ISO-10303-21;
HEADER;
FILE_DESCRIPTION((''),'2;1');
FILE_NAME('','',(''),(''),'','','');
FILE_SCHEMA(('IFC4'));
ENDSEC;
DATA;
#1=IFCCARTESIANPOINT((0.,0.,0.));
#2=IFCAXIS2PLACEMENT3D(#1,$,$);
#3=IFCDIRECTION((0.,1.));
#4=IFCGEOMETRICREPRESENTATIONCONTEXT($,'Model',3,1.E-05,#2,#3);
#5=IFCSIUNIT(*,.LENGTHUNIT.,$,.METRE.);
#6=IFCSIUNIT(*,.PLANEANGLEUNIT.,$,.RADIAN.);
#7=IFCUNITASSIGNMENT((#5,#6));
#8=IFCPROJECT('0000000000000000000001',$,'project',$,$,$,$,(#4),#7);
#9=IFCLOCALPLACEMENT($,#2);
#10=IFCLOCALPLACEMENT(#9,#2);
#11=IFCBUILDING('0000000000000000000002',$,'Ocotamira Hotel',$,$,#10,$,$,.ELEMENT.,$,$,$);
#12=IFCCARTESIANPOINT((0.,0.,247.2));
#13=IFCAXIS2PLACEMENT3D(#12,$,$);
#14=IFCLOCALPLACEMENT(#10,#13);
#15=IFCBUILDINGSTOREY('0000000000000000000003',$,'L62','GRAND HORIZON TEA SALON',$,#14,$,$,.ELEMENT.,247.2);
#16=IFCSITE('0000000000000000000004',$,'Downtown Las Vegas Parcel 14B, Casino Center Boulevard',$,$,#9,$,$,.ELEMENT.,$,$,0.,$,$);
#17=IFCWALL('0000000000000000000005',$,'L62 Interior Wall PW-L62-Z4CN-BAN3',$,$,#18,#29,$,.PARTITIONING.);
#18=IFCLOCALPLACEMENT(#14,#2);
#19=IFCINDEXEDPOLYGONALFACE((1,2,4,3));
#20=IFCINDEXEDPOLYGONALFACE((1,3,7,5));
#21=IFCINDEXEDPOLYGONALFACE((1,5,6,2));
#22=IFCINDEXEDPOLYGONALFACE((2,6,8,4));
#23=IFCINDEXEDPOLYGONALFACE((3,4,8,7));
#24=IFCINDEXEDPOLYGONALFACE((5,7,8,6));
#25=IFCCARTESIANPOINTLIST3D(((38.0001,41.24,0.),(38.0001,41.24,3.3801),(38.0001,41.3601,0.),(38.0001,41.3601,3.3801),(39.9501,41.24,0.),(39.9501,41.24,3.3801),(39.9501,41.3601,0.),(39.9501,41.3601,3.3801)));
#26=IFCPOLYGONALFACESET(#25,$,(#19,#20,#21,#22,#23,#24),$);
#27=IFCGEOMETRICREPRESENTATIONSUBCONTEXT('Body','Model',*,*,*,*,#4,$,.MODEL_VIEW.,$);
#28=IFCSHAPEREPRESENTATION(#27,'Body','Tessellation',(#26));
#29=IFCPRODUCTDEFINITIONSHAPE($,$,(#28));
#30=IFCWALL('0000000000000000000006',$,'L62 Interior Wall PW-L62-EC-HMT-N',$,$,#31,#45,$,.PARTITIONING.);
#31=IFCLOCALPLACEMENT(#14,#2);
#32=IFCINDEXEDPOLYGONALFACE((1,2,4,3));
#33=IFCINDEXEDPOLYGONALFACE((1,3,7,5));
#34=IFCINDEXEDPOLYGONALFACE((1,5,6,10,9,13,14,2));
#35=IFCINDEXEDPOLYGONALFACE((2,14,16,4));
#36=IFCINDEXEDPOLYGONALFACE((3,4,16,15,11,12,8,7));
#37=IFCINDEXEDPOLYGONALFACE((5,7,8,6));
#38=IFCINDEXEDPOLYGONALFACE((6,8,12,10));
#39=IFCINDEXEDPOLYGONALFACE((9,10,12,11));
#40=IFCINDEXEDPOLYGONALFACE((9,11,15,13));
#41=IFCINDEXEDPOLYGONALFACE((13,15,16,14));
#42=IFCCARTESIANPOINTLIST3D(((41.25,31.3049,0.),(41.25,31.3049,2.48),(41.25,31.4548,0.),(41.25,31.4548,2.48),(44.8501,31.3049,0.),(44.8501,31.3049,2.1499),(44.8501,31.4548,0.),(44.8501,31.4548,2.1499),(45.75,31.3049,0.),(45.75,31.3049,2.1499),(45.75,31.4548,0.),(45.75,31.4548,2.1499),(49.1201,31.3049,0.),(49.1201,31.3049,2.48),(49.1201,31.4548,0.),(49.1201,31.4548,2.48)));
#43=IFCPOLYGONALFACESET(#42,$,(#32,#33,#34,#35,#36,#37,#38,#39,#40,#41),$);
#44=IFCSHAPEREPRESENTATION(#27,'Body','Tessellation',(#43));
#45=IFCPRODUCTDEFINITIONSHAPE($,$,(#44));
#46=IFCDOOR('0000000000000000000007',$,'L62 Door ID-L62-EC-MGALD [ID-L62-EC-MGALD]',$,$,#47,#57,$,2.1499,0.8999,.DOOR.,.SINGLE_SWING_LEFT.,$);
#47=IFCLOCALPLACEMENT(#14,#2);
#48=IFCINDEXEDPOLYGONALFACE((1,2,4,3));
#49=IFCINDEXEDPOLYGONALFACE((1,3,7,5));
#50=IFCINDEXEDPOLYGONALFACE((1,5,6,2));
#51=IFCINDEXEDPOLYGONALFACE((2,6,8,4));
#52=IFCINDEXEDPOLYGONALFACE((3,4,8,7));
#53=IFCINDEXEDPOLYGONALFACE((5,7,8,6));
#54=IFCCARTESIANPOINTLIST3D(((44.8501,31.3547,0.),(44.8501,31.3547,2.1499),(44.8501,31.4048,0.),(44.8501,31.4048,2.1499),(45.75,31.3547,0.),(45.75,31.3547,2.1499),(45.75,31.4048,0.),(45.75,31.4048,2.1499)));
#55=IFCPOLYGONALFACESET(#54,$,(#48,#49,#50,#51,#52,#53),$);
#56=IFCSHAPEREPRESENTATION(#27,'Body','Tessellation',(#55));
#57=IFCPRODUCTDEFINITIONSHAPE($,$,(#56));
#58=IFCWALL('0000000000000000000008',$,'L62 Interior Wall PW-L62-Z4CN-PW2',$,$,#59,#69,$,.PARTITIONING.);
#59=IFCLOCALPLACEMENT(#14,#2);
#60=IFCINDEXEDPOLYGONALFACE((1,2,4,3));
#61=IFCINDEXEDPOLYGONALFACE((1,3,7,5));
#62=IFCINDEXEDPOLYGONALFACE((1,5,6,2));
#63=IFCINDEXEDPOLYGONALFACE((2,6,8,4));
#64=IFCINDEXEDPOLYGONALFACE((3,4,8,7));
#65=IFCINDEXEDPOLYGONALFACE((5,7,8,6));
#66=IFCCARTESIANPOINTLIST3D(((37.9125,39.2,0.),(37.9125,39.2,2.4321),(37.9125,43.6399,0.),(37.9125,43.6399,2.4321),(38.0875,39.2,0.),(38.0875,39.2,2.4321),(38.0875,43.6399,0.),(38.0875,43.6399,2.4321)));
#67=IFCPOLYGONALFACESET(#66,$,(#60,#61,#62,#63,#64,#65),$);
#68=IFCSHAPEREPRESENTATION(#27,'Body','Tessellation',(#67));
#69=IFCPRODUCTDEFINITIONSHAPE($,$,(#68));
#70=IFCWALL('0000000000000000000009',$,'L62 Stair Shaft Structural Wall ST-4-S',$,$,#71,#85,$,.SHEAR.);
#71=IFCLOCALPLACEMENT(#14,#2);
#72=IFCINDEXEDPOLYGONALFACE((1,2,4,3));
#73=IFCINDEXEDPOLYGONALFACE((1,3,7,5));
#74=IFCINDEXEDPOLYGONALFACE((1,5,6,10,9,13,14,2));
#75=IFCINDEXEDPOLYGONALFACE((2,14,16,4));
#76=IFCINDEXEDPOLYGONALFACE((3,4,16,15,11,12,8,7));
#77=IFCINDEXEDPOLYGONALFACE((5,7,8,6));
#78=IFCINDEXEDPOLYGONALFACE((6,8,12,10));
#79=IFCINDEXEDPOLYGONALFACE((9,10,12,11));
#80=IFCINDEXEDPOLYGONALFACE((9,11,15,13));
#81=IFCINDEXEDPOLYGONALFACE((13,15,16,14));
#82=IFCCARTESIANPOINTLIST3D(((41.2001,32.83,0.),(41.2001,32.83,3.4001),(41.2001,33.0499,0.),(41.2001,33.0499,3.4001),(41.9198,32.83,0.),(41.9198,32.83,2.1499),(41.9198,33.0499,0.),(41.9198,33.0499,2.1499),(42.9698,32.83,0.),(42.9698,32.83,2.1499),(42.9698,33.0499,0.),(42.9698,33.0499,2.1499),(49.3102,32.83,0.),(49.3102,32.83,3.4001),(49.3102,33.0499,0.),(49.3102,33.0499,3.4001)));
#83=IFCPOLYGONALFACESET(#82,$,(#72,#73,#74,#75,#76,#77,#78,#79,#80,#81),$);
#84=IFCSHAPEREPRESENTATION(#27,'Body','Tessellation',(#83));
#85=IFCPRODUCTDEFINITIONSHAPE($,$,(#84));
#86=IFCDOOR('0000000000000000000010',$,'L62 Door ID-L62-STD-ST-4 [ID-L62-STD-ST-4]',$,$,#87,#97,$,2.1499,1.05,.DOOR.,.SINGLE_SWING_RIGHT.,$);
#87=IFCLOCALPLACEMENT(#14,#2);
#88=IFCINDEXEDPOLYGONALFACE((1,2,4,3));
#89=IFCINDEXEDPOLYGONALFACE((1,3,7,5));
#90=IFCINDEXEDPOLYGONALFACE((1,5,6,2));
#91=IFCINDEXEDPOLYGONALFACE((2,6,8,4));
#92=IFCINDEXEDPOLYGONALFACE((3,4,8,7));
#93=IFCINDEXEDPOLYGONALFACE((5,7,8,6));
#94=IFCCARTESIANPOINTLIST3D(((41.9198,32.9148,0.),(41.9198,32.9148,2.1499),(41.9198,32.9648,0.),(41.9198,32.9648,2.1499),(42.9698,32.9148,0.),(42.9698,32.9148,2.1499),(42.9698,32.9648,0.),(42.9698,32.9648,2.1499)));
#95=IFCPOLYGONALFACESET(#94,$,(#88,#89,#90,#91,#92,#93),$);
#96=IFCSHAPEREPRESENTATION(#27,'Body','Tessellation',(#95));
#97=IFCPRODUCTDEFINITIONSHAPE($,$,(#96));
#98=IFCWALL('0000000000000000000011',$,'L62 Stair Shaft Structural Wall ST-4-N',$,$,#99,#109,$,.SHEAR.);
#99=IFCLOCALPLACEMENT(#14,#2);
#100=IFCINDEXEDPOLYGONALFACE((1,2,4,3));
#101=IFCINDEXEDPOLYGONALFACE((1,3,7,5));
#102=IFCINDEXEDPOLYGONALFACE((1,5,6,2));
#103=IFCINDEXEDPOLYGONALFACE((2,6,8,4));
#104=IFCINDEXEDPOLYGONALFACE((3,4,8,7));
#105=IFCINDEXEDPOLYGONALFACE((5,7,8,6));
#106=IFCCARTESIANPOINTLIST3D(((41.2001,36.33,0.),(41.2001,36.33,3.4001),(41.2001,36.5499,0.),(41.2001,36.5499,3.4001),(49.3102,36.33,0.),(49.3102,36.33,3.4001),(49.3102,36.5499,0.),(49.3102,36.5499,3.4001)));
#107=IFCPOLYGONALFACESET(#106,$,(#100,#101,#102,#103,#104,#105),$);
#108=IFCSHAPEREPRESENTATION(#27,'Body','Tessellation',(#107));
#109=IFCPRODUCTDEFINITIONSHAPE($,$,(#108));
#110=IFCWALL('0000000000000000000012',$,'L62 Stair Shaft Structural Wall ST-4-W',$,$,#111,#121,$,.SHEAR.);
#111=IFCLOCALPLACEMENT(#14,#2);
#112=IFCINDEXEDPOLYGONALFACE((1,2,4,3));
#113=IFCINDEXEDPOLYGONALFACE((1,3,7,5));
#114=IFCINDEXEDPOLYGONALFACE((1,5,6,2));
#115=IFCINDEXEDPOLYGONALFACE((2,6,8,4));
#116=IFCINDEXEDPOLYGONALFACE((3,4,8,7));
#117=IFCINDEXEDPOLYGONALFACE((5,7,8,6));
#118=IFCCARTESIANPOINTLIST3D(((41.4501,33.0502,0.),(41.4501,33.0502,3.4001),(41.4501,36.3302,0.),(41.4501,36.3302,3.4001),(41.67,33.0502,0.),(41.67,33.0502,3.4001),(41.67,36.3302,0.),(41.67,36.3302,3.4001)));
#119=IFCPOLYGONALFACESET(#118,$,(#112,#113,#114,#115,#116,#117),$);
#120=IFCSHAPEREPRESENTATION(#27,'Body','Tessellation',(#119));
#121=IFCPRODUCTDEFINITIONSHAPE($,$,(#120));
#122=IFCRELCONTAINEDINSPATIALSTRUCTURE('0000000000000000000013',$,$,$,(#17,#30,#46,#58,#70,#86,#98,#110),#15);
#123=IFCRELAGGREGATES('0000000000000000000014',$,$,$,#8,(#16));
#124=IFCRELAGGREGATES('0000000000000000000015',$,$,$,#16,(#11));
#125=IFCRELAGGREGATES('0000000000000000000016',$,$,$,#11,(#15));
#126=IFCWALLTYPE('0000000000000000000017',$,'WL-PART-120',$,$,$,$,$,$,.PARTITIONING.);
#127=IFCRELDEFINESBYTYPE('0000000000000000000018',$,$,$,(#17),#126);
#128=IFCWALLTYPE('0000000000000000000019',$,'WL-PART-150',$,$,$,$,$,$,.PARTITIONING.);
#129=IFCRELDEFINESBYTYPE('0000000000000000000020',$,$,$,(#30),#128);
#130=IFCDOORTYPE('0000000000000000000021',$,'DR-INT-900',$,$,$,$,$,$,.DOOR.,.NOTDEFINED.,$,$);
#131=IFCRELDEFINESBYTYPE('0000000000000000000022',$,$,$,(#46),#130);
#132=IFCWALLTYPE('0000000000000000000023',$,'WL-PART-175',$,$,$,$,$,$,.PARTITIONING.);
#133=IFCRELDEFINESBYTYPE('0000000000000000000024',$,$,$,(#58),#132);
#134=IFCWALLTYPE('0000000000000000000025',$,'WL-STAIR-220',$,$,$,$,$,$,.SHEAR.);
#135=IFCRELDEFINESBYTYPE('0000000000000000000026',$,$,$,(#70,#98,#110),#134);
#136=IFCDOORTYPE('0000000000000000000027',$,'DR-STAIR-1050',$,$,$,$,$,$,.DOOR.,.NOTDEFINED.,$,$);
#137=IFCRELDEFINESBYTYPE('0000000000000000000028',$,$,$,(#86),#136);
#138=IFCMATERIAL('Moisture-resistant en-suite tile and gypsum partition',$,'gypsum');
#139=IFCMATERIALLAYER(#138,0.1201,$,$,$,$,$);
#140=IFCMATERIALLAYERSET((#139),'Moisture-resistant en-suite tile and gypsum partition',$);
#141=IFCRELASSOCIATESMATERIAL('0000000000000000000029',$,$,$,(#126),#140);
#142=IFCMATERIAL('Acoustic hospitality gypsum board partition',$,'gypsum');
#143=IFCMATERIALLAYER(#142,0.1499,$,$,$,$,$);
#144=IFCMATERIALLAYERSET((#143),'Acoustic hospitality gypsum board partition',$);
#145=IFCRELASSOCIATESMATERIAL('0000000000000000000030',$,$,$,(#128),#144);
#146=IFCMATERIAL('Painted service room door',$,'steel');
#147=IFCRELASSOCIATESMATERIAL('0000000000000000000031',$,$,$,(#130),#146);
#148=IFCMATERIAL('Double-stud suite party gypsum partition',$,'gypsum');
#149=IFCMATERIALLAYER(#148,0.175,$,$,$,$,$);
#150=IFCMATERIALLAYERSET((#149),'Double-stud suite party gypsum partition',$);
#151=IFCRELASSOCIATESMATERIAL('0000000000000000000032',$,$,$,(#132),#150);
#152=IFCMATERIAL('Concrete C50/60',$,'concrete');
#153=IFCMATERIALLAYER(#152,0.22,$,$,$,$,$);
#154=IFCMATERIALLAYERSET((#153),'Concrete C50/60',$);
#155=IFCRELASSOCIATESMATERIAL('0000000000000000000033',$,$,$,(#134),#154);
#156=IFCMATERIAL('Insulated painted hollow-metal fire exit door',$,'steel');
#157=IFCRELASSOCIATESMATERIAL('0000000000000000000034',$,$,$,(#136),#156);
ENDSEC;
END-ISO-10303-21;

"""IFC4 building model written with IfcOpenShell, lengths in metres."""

from ifc_helpers import new_model, si_unit, direction, frame, frame_2d, origin, place, context, subcontext, project, spatial, rectangle, extrude, source, transform, mapped, material, layer, layer_set, type_object, element, fill, save


model = new_model("IFC4")

# Units and contexts
model_context = context("Model", 3, precision=1e-05, world=origin(), true_north=direction((0.0, 1.0)))
body_context = subcontext(model_context, "Body", "Model", "MODEL_VIEW")
ifc_project = project(units=[si_unit("LENGTHUNIT", "METRE"), si_unit("PLANEANGLEUNIT", "RADIAN")], contexts=[model_context])

# Site, building, storey
site_placement = place(None, origin())
site = spatial("IfcSite", under=ifc_project, at=site_placement, Name="Downtown Las Vegas Parcel 14B, Casino Center Boulevard", CompositionType="ELEMENT", RefElevation=0.0)
building_placement = place(site_placement, origin())
building = spatial("IfcBuilding", under=site, at=building_placement, Name="Ocotamira Hotel", CompositionType="ELEMENT")
storey_placement = place(building_placement, frame((0.0, 0.0, 247.2)))
storey = spatial("IfcBuildingStorey", under=building, at=storey_placement, Name="L62", Description="GRAND HORIZON TEA SALON", CompositionType="ELEMENT", Elevation=247.2)

# Shared definitions
ifc_material_1 = material(Name="Concrete C50/60", Category="concrete")

# Shared definitions
ifc_material_2 = material(Name="Moisture-resistant en-suite tile and gypsum partition", Category="gypsum")
ifc_layer_1 = layer(ifc_material_2, 0.1201)
ifc_layer_set_1 = layer_set([ifc_layer_1], Name="Moisture-resistant en-suite tile and gypsum partition")
wall_type_1 = type_object("IfcWallType", Name="WL-PART-120", PredefinedType="PARTITIONING", material=ifc_layer_set_1)

# Wall
wall_1_placement = place(storey_placement, frame((38.0, 41.3, 0.0), z_axis=(0.0, 0.0, 1.0), x_axis=(1.0, 0.0, 0.0)))
element("IfcWall", 1, at=wall_1_placement, inside=storey, type_object=wall_type_1, Name="L62 Interior Wall PW-L62-Z4CN-BAN3", PredefinedType="PARTITIONING", context=body_context, shape_type="SweptSolid", body=[
    extrude(rectangle(XDim=1.95, YDim=0.1201, at=frame_2d((0.9751, 0.0))), origin(), (0.0, 0.0, 1.0), 3.3801),
])

# Wall, opening, door
ifc_material_3 = material(Name="Acoustic hospitality gypsum board partition", Category="gypsum")
ifc_layer_2 = layer(ifc_material_3, 0.1499)
ifc_layer_set_2 = layer_set([ifc_layer_2], Name="Acoustic hospitality gypsum board partition")
wall_type_2 = type_object("IfcWallType", Name="WL-PART-150", PredefinedType="PARTITIONING", material=ifc_layer_set_2)
wall_2_placement = place(storey_placement, frame((41.25, 31.3799, 0.0), z_axis=(0.0, 0.0, 1.0), x_axis=(1.0, 0.0, 0.0)))
wall_2 = element("IfcWall", 2, at=wall_2_placement, inside=storey, type_object=wall_type_2, Name="L62 Interior Wall PW-L62-EC-HMT-N", PredefinedType="PARTITIONING", context=body_context, shape_type="SweptSolid", body=[
    extrude(rectangle(XDim=7.8701, YDim=0.1499, at=frame_2d((3.9351, 0.0))), origin(), (0.0, 0.0, 1.0), 2.48),
])
opening_1_placement = place(wall_2_placement, frame((3.6001, 0.0, 0.0)))
opening_1 = element("IfcOpeningElement", 3, at=opening_1_placement, cuts=wall_2, PredefinedType="OPENING", context=body_context, shape_type="SweptSolid", body=[
    extrude(rectangle(XDim=0.8999, YDim=2.1499, at=frame_2d((0.45, 1.075))), frame((0.0, 0.085, 0.0), z_axis=(0.0, -1.0, 0.0), x_axis=(1.0, 0.0, 0.0)), (0.0, 0.0, 1.0), 0.1699),
])
ifc_material_4 = material(Name="Painted service room door", Category="steel")
door_type_1 = type_object("IfcDoorType", Name="DR-INT-900", OperationType="NOTDEFINED", PredefinedType="DOOR", material=ifc_material_4)
shared_shape_1 = source(origin(), body_context, "Body", "SweptSolid", [
    extrude(rectangle(XDim=0.8999, YDim=2.1499, at=frame_2d((0.45, 1.075))), frame((0.0, 0.0249, 0.0), z_axis=(0.0, -1.0, 0.0), x_axis=(1.0, 0.0, 0.0)), (0.0, 0.0, 1.0), 0.05),
])
door_1_placement = place(opening_1_placement, origin())
door_1 = element("IfcDoor", 4, at=door_1_placement, inside=storey, type_object=door_type_1, Name="L62 Door ID-L62-EC-MGALD [ID-L62-EC-MGALD]", OperationType="SINGLE_SWING_LEFT", OverallHeight=2.1499, OverallWidth=0.8999, PredefinedType="DOOR", context=body_context, shape_type="MappedRepresentation", body=[
    mapped(shared_shape_1, transform((0.0, 0.0, 0.0), scale=1.0)),
])
fill(opening_1, door_1)

# Wall
ifc_material_5 = material(Name="Double-stud suite party gypsum partition", Category="gypsum")
ifc_layer_3 = layer(ifc_material_5, 0.175)
ifc_layer_set_3 = layer_set([ifc_layer_3], Name="Double-stud suite party gypsum partition")
wall_type_3 = type_object("IfcWallType", Name="WL-PART-175", PredefinedType="PARTITIONING", material=ifc_layer_set_3)
wall_3_placement = place(storey_placement, frame((38.0, 39.2, 0.0), z_axis=(0.0, 0.0, 1.0), x_axis=(0.0, 1.0, 0.0)))
element("IfcWall", 5, at=wall_3_placement, inside=storey, type_object=wall_type_3, Name="L62 Interior Wall PW-L62-Z4CN-PW2", PredefinedType="PARTITIONING", context=body_context, shape_type="SweptSolid", body=[
    extrude(rectangle(XDim=4.4399, YDim=0.175, at=frame_2d((2.22, 0.0))), origin(), (0.0, 0.0, 1.0), 2.4321),
])

# Wall, opening, door
ifc_layer_4 = layer(ifc_material_1, 0.22)
ifc_layer_set_4 = layer_set([ifc_layer_4], Name="Concrete C50/60")
wall_type_4 = type_object("IfcWallType", Name="WL-STAIR-220", PredefinedType="SHEAR", material=ifc_layer_set_4)
wall_4_placement = place(storey_placement, frame((41.2, 32.9399, 0.0), z_axis=(0.0, 0.0, 1.0), x_axis=(1.0, 0.0, 0.0)))
wall_4 = element("IfcWall", 6, at=wall_4_placement, inside=storey, type_object=wall_type_4, Name="L62 Stair Shaft Structural Wall ST-4-S", PredefinedType="SHEAR", context=body_context, shape_type="SweptSolid", body=[
    extrude(rectangle(XDim=8.1101, YDim=0.22, at=frame_2d((4.0552, 0.0))), origin(), (0.0, 0.0, 1.0), 3.4001),
])
opening_2_placement = place(wall_4_placement, frame((0.72, 0.0, 0.0)))
opening_2 = element("IfcOpeningElement", 7, at=opening_2_placement, cuts=wall_4, PredefinedType="OPENING", context=body_context, shape_type="SweptSolid", body=[
    extrude(rectangle(XDim=1.05, YDim=2.1499, at=frame_2d((0.5249, 1.075))), frame((0.0, 0.1201, 0.0), z_axis=(0.0, -1.0, 0.0), x_axis=(1.0, 0.0, 0.0)), (0.0, 0.0, 1.0), 0.24),
])
ifc_material_6 = material(Name="Insulated painted hollow-metal fire exit door", Category="steel")
door_type_2 = type_object("IfcDoorType", Name="DR-STAIR-1050", OperationType="NOTDEFINED", PredefinedType="DOOR", material=ifc_material_6)
shared_shape_2 = source(origin(), body_context, "Body", "SweptSolid", [
    extrude(rectangle(XDim=1.05, YDim=2.1499, at=frame_2d((0.5249, 1.075))), frame((0.0, 0.0249, 0.0), z_axis=(0.0, -1.0, 0.0), x_axis=(1.0, 0.0, 0.0)), (0.0, 0.0, 1.0), 0.05),
])
door_2_placement = place(opening_2_placement, origin())
door_2 = element("IfcDoor", 8, at=door_2_placement, inside=storey, type_object=door_type_2, Name="L62 Door ID-L62-STD-ST-4 [ID-L62-STD-ST-4]", OperationType="SINGLE_SWING_RIGHT", OverallHeight=2.1499, OverallWidth=1.05, PredefinedType="DOOR", context=body_context, shape_type="MappedRepresentation", body=[
    mapped(shared_shape_2, transform((0.0, 0.0, 0.0), scale=1.0)),
])
fill(opening_2, door_2)

# Walls
wall_5_placement = place(storey_placement, frame((41.2, 36.4399, 0.0), z_axis=(0.0, 0.0, 1.0), x_axis=(1.0, 0.0, 0.0)))
element("IfcWall", 9, at=wall_5_placement, inside=storey, type_object=wall_type_4, Name="L62 Stair Shaft Structural Wall ST-4-N", PredefinedType="SHEAR", context=body_context, shape_type="SweptSolid", body=[
    extrude(rectangle(XDim=8.1101, YDim=0.22, at=frame_2d((4.0552, 0.0))), origin(), (0.0, 0.0, 1.0), 3.4001),
])
wall_6_placement = place(storey_placement, frame((41.5601, 33.05, 0.0), z_axis=(0.0, 0.0, 1.0), x_axis=(0.0, 1.0, 0.0)))
element("IfcWall", 10, at=wall_6_placement, inside=storey, type_object=wall_type_4, Name="L62 Stair Shaft Structural Wall ST-4-W", PredefinedType="SHEAR", context=body_context, shape_type="SweptSolid", body=[
    extrude(rectangle(XDim=3.28, YDim=0.22, at=frame_2d((1.6401, 0.0))), origin(), (0.0, 0.0, 1.0), 3.4001),
])

save(model, "model.ifc")
